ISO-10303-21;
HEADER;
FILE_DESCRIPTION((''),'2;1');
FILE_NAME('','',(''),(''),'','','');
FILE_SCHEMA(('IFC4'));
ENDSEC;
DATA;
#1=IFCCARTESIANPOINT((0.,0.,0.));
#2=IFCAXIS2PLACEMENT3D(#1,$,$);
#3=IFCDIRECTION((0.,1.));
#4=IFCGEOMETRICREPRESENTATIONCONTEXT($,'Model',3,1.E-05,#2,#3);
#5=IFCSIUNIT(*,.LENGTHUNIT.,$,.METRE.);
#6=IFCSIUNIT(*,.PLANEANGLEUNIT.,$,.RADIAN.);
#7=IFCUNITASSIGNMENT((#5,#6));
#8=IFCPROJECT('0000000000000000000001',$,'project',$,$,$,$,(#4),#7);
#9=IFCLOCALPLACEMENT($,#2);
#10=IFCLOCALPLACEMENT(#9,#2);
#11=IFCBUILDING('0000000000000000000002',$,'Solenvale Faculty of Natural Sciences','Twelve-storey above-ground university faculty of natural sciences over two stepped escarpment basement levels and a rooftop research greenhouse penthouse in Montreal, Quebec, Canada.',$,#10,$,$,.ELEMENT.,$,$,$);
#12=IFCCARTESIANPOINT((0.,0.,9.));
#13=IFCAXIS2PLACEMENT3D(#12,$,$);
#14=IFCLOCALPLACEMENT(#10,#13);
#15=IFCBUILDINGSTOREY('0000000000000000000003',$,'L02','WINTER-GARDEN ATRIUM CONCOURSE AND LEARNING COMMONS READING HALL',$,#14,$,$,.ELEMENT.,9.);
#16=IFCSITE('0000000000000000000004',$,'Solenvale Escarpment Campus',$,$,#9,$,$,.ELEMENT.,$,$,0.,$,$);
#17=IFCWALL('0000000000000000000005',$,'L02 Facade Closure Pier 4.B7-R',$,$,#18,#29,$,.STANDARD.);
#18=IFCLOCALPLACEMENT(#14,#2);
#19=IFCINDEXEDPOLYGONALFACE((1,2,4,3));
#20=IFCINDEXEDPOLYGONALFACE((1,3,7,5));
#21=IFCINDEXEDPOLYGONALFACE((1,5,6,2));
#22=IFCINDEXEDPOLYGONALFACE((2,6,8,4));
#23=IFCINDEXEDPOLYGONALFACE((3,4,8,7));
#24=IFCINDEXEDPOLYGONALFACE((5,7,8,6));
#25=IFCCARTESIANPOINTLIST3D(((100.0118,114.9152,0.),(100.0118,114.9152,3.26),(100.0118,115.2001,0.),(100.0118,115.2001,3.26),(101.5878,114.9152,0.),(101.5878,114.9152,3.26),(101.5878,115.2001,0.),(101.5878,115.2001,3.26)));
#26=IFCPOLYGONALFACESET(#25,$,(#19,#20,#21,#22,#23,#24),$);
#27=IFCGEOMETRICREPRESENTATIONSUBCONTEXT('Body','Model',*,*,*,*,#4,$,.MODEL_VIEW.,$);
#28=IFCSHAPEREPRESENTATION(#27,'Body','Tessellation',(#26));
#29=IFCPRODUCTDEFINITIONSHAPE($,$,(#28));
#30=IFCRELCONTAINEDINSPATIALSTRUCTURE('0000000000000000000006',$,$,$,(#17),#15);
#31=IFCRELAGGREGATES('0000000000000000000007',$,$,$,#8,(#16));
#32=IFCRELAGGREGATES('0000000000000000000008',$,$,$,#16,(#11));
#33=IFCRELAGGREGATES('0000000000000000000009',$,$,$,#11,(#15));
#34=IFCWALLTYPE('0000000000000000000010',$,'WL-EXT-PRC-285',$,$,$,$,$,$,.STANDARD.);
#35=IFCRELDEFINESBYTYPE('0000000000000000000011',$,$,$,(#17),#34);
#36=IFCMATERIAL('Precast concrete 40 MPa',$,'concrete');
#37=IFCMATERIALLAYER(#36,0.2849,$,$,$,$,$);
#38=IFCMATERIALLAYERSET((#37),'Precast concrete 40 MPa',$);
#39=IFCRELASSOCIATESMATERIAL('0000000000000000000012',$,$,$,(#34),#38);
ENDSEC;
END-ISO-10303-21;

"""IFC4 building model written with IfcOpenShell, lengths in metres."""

from ifc_helpers import new_model, si_unit, direction, frame, frame_2d, origin, place, context, subcontext, project, spatial, rectangle, extrude, material, layer, layer_set, type_object, element, save


model = new_model("IFC4")

# Units and contexts
model_context = context("Model", 3, precision=1e-05, world=origin(), true_north=direction((0.0, 1.0)))
body_context = subcontext(model_context, "Body", "Model", "MODEL_VIEW")
ifc_project = project(units=[si_unit("LENGTHUNIT", "METRE"), si_unit("PLANEANGLEUNIT", "RADIAN")], contexts=[model_context])

# Site, building, storey
site_placement = place(None, origin())
site = spatial("IfcSite", under=ifc_project, at=site_placement, Name="Solenvale Escarpment Campus", CompositionType="ELEMENT", RefElevation=0.0)
building_placement = place(site_placement, origin())
building = spatial("IfcBuilding", under=site, at=building_placement, Name="Solenvale Faculty of Natural Sciences", Description="Twelve-storey above-ground university faculty of natural sciences over two stepped escarpment basement levels and a rooftop research greenhouse penthouse in Montreal, Quebec, Canada.", CompositionType="ELEMENT")
storey_placement = place(building_placement, frame((0.0, 0.0, 9.0)))
storey = spatial("IfcBuildingStorey", under=building, at=storey_placement, Name="L02", Description="WINTER-GARDEN ATRIUM CONCOURSE AND LEARNING COMMONS READING HALL", CompositionType="ELEMENT", Elevation=9.0)

# Shared definitions
ifc_material_1 = material(Name="Precast concrete 40 MPa", Category="concrete")

# Wall
ifc_layer_1 = layer(ifc_material_1, 0.2849)
ifc_layer_set_1 = layer_set([ifc_layer_1], Name="Precast concrete 40 MPa")
wall_type = type_object("IfcWallType", Name="WL-EXT-PRC-285", PredefinedType="STANDARD", material=ifc_layer_set_1)
wall_placement = place(storey_placement, frame((101.5879, 115.0576, 0.0), z_axis=(0.0, 0.0, 1.0), x_axis=(-1.0, 0.0, 0.0)))
element("IfcWall", 1, at=wall_placement, inside=storey, type_object=wall_type, Name="L02 Facade Closure Pier 4.B7-R", PredefinedType="STANDARD", context=body_context, shape_type="SweptSolid", body=[
    extrude(rectangle(XDim=1.5759, YDim=0.2849, at=frame_2d((0.7881, 0.0))), origin(), (0.0, 0.0, 1.0), 3.26),
])

save(model, "model.ifc")
